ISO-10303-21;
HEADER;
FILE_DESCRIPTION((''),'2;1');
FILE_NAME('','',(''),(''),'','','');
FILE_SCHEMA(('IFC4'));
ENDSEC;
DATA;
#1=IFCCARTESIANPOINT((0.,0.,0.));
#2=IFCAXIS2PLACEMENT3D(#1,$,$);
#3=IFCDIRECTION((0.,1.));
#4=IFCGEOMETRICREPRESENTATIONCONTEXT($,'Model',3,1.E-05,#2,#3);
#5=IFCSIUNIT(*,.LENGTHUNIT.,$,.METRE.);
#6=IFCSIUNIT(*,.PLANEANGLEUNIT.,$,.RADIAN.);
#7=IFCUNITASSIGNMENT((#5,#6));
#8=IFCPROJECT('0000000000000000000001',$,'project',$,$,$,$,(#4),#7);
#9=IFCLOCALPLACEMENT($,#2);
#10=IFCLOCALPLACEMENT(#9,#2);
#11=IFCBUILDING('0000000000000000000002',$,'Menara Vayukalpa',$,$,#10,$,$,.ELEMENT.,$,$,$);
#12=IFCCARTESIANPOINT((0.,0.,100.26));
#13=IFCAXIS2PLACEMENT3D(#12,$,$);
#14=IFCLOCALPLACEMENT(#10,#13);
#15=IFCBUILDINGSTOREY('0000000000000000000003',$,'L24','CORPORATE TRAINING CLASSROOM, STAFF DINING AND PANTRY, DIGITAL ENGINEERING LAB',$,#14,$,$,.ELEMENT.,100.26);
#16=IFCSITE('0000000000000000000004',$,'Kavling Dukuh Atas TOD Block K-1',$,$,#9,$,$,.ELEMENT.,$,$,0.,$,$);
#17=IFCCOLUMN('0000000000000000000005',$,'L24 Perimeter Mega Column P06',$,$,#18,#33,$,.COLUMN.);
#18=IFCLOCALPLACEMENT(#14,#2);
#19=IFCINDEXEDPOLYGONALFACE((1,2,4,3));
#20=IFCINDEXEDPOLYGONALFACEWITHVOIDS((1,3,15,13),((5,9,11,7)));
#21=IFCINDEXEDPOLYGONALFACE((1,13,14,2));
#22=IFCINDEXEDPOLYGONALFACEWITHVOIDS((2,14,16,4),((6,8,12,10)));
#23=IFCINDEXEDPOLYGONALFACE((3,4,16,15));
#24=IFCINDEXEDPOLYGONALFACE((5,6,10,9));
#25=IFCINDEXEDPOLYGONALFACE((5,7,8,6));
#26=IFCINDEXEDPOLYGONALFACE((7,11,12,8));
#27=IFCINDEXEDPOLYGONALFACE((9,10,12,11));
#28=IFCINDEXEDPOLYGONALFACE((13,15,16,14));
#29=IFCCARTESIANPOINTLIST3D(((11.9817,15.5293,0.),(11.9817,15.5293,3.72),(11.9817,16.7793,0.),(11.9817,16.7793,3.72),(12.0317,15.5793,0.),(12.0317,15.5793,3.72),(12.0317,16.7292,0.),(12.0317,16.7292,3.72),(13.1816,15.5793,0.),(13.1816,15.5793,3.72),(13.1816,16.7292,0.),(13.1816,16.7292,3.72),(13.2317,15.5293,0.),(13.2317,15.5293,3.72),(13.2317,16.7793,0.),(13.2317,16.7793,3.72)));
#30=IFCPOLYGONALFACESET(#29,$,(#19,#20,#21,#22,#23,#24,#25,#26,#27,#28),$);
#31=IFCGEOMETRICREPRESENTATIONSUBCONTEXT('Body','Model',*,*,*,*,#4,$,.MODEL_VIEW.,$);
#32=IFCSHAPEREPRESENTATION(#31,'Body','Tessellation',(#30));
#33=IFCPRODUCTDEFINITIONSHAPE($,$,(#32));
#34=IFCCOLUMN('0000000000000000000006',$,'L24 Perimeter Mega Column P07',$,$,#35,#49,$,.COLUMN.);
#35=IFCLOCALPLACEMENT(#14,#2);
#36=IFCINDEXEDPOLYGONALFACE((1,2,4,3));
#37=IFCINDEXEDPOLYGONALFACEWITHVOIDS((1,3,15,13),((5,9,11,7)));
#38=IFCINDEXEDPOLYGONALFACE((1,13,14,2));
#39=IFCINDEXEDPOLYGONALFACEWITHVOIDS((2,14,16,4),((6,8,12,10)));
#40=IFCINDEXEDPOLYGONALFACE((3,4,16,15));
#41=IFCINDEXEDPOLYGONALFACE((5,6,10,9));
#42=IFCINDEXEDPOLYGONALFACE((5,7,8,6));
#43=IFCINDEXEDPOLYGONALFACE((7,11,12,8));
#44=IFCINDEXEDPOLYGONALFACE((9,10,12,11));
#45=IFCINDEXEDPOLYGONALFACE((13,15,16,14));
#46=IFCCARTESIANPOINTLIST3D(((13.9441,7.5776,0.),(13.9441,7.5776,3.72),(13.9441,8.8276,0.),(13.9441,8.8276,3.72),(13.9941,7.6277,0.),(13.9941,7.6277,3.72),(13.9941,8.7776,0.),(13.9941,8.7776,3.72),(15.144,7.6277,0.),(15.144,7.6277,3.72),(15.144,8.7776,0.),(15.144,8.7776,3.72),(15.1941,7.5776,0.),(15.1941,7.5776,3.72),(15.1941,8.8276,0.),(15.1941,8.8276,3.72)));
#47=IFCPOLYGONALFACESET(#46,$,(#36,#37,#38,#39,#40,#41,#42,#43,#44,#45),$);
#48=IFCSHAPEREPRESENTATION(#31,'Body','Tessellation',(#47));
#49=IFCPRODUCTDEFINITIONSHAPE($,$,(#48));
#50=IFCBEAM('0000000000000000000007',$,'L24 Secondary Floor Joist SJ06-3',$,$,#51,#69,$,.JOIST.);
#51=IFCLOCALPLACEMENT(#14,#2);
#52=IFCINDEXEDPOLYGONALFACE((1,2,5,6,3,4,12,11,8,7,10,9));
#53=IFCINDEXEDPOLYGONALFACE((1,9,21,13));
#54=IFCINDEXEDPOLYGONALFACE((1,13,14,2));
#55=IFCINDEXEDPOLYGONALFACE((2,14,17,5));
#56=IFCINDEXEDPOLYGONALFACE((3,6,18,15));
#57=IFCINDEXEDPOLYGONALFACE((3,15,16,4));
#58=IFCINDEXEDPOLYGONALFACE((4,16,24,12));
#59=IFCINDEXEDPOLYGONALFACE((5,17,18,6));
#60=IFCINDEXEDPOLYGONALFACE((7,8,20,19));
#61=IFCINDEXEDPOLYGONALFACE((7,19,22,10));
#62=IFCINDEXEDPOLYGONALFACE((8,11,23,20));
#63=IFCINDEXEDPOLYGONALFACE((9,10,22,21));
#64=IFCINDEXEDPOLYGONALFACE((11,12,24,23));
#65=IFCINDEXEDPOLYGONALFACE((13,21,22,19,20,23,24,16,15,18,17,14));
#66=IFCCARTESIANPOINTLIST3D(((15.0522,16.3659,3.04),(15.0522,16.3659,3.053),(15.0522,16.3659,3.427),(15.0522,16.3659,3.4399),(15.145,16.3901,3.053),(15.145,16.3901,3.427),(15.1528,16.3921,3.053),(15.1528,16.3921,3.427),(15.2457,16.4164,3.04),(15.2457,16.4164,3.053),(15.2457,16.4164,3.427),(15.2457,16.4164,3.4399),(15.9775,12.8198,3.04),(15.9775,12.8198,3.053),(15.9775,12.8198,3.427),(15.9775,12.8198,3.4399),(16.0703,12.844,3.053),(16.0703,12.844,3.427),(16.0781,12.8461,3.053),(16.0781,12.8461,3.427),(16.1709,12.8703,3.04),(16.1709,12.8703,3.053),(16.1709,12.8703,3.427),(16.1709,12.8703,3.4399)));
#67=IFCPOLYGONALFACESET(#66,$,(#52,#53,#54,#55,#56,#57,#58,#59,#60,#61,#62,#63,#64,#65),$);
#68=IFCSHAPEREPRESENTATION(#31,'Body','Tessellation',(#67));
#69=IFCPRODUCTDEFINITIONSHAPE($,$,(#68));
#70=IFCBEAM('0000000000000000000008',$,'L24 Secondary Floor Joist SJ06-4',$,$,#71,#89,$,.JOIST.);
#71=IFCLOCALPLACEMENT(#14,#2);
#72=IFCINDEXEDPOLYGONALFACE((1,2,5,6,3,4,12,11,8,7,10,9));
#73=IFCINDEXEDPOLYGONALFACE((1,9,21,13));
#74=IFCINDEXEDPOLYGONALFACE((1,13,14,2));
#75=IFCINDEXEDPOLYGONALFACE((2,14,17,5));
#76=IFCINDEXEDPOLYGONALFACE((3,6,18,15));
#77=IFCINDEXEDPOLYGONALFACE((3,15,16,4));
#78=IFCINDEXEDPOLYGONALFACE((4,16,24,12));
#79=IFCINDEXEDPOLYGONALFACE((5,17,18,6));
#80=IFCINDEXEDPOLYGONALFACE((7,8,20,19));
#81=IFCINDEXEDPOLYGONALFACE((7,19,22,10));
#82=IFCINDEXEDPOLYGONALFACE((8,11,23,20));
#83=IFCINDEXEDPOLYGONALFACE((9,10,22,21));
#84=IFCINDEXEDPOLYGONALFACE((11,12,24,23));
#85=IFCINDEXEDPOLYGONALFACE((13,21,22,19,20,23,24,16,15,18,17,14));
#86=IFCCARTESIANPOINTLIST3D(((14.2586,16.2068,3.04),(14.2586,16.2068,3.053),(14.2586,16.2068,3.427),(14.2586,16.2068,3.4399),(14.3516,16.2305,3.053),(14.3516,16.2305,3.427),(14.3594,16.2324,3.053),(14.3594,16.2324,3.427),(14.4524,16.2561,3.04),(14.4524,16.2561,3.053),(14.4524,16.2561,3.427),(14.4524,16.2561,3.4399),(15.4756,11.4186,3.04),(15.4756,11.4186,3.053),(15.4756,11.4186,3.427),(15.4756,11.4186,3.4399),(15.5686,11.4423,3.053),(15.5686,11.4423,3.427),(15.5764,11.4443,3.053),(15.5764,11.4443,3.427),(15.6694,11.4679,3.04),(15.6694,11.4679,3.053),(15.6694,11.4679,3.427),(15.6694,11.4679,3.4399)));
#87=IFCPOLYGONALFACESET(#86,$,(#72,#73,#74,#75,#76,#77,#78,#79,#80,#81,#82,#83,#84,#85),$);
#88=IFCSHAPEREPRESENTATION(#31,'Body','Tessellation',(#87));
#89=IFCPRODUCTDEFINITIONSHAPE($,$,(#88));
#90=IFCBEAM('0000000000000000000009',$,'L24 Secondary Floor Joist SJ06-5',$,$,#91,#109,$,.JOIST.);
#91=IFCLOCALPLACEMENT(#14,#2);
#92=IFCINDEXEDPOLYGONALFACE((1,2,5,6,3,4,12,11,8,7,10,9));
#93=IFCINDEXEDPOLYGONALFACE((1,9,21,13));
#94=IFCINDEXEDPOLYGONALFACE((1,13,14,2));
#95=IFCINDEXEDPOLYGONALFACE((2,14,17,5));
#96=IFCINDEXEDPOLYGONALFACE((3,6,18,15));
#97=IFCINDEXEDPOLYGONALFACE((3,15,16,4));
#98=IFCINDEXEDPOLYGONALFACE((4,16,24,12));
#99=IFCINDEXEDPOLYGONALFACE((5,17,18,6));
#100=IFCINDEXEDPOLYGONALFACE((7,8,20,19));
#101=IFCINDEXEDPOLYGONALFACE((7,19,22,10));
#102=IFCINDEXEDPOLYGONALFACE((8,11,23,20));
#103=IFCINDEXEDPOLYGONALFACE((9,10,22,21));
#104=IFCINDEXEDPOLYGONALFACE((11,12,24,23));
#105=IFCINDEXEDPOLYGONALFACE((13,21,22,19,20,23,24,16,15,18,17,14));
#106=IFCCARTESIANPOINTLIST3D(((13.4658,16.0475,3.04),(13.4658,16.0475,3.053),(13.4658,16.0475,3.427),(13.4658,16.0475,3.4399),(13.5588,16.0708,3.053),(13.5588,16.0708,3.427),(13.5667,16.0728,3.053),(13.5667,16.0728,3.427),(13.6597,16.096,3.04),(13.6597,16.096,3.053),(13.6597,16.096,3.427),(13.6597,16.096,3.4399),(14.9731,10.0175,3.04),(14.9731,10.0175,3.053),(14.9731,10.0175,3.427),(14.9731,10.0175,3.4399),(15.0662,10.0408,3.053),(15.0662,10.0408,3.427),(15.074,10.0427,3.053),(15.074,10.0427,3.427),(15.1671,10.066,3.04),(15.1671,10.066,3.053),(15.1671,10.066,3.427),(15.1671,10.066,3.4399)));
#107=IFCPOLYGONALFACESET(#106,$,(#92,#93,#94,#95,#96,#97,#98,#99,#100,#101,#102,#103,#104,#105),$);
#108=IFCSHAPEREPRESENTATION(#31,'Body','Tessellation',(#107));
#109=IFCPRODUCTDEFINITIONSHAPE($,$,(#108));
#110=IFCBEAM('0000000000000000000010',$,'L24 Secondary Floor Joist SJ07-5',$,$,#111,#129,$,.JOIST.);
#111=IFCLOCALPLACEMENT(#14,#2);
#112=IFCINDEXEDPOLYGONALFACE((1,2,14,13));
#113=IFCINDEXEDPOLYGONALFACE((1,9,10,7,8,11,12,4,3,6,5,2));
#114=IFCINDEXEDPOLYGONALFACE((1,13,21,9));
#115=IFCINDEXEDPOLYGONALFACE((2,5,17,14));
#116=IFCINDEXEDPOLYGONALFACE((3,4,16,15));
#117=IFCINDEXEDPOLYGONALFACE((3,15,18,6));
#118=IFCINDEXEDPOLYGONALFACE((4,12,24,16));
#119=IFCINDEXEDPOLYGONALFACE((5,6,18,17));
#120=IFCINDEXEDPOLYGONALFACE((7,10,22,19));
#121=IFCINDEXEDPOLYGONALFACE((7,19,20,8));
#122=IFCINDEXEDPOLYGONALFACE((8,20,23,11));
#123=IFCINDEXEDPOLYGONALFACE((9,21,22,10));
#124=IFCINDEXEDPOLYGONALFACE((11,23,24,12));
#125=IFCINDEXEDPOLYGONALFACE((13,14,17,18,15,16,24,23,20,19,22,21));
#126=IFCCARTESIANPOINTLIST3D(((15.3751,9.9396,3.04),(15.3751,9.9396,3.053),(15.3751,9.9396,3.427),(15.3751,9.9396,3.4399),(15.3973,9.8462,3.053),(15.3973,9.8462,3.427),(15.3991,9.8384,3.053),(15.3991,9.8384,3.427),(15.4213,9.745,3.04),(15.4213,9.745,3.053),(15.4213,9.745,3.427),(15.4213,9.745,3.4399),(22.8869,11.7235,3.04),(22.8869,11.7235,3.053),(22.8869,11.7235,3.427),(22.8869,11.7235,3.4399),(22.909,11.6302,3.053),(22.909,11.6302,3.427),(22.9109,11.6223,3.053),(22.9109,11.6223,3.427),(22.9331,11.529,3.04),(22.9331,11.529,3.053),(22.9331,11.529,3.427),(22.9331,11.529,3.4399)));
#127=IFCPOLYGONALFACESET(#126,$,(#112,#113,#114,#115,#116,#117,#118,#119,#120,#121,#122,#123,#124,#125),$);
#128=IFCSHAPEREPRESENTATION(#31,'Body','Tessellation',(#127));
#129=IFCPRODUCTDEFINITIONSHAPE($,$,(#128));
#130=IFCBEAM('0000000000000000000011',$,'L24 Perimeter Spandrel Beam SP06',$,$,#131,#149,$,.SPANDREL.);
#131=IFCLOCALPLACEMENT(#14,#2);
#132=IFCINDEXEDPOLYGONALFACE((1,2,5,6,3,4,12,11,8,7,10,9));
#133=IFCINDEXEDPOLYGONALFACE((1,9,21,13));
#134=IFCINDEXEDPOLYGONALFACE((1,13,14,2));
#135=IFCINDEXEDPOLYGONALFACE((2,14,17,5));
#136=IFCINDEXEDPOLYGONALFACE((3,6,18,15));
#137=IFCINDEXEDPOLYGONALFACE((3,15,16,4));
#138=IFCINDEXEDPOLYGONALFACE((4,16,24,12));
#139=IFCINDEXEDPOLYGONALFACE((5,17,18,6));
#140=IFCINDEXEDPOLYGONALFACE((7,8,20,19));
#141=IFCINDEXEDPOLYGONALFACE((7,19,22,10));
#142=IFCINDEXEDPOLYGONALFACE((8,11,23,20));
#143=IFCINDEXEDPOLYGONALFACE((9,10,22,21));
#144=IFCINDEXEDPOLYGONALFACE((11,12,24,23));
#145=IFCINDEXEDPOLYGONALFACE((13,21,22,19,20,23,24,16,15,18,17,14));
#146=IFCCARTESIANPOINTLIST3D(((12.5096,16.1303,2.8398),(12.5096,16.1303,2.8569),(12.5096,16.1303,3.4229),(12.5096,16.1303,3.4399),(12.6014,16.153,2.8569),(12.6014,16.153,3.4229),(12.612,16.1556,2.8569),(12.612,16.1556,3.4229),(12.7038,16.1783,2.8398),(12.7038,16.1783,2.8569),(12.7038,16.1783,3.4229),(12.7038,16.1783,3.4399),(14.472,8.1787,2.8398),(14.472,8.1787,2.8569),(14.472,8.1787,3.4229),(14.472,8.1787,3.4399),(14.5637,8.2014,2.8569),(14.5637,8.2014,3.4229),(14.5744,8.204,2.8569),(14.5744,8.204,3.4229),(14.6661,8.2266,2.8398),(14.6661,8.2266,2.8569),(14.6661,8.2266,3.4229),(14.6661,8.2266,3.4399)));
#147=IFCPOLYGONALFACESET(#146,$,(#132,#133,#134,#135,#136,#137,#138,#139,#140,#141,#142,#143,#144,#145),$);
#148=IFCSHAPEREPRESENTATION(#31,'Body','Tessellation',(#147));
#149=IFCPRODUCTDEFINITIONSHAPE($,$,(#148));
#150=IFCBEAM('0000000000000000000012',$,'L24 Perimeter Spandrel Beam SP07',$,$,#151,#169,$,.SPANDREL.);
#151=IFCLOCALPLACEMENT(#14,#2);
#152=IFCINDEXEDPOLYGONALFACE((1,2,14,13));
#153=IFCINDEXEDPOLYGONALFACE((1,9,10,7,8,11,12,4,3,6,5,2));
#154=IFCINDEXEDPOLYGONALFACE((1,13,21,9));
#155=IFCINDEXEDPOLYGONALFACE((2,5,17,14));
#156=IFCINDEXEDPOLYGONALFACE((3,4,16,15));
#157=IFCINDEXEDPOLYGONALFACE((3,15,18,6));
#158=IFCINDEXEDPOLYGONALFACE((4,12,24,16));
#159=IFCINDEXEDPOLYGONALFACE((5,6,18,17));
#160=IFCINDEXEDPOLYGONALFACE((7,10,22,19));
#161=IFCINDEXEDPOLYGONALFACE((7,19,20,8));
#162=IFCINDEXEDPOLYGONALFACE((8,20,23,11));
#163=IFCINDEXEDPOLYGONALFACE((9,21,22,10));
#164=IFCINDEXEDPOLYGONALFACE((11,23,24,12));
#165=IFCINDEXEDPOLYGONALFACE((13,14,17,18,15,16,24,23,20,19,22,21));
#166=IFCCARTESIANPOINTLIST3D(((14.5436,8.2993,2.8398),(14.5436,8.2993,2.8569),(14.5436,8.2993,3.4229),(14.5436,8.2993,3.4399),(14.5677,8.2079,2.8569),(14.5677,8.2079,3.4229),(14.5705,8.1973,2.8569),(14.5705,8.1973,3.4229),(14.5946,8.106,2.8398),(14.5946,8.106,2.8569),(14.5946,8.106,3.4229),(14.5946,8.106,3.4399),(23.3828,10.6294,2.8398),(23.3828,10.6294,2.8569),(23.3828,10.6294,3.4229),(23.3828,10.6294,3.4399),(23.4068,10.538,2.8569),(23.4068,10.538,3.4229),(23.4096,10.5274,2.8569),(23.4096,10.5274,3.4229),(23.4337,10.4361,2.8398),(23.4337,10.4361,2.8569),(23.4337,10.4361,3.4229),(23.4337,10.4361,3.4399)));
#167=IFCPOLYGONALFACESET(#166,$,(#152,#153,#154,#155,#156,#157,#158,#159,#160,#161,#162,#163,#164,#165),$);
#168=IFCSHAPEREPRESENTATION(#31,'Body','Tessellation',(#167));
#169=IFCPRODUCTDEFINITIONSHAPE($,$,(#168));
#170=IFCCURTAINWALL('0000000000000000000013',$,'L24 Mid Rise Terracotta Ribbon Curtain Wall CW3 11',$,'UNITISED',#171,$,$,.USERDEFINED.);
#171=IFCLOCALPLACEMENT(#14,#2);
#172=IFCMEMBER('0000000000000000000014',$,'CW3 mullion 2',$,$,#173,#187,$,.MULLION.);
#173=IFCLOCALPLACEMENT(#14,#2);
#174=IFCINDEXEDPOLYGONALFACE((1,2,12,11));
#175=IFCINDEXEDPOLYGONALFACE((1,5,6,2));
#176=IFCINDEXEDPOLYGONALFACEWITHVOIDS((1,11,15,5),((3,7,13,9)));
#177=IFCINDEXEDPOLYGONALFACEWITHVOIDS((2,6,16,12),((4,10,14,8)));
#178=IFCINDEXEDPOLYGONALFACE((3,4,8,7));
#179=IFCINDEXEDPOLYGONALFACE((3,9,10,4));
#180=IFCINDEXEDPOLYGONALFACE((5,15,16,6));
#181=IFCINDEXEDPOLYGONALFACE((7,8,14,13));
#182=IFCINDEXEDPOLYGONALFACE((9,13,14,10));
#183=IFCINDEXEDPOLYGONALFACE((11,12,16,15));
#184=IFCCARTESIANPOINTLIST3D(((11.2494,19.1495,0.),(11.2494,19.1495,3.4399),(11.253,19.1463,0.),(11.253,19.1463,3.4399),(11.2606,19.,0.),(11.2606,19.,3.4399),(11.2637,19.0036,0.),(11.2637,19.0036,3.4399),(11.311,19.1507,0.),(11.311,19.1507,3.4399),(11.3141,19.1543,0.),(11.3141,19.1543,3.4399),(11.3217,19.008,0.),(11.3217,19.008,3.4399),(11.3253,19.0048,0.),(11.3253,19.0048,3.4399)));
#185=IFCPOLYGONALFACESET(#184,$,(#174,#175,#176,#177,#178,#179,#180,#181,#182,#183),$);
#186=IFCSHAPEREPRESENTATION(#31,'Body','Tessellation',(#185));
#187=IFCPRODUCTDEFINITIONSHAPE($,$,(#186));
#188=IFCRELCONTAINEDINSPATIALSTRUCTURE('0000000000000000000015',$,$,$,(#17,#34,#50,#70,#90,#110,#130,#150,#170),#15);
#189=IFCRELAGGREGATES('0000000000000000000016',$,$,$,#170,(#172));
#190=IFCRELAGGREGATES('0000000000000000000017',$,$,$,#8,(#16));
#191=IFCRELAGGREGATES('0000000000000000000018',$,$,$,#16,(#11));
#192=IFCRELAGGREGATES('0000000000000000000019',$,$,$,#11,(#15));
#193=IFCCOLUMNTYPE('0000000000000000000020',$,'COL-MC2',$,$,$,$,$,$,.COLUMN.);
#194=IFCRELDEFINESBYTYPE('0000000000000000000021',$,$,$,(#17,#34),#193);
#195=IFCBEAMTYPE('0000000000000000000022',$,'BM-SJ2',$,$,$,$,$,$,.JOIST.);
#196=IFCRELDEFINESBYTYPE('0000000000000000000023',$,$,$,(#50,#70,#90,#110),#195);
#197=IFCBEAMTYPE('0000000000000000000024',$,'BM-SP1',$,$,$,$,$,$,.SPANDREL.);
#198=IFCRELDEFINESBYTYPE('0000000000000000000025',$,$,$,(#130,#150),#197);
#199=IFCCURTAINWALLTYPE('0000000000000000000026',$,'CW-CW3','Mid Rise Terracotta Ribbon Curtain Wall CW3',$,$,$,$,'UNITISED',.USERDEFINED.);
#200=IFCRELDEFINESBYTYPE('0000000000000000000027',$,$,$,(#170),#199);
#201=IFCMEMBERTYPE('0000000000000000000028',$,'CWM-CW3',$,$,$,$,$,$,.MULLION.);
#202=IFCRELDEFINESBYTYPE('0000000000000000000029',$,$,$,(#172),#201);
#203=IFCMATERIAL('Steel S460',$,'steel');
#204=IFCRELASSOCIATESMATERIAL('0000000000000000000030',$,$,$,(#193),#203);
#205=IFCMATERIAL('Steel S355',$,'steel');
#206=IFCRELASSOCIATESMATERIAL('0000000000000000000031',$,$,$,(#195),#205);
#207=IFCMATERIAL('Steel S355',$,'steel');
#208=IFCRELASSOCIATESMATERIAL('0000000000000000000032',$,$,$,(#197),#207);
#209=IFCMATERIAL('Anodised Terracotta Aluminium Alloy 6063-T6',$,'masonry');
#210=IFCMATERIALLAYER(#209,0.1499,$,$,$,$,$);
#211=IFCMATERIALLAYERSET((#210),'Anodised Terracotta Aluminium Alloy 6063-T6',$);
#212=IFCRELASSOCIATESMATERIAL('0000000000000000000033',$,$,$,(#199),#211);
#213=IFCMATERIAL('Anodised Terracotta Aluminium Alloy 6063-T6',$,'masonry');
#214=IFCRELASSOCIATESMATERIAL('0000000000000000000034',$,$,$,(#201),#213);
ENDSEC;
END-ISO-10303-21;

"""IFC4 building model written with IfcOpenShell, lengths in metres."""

from ifc_helpers import new_model, si_unit, direction, frame, origin, origin_2d, place, context, subcontext, project, spatial, hollow_rectangle, i_section, extrude, material, layer, layer_set, material_profile, profile_set, type_object, element, aggregate, save


model = new_model("IFC4")

# Units and contexts
model_context = context("Model", 3, precision=1e-05, world=origin(), true_north=direction((0.0, 1.0)))
body_context = subcontext(model_context, "Body", "Model", "MODEL_VIEW")
ifc_project = project(units=[si_unit("LENGTHUNIT", "METRE"), si_unit("PLANEANGLEUNIT", "RADIAN")], contexts=[model_context])

# Site, building, storey
site_placement = place(None, origin())
site = spatial("IfcSite", under=ifc_project, at=site_placement, Name="Kavling Dukuh Atas TOD Block K-1", CompositionType="ELEMENT", RefElevation=0.0)
building_placement = place(site_placement, origin())
building = spatial("IfcBuilding", under=site, at=building_placement, Name="Menara Vayukalpa", CompositionType="ELEMENT")
storey_placement = place(building_placement, frame((0.0, 0.0, 100.26)))
storey = spatial("IfcBuildingStorey", under=building, at=storey_placement, Name="L24", Description="CORPORATE TRAINING CLASSROOM, STAFF DINING AND PANTRY, DIGITAL ENGINEERING LAB", CompositionType="ELEMENT", Elevation=100.26)

# Columns
ifc_material_1 = material(Name="Steel S460", Category="steel")
ifc_material_profile_1 = material_profile(ifc_material_1, hollow_rectangle(XDim=1.25, YDim=1.25, WallThickness=0.05, at=origin_2d()), Name="BOX 1250x1250x50")
ifc_profile_set_1 = profile_set([ifc_material_profile_1], Name="Steel S460")
column_type = type_object("IfcColumnType", Name="COL-MC2", PredefinedType="COLUMN", material=ifc_profile_set_1)
for number, where, z_axis, x_axis, name in (
    (1, (12.6067, 16.1543, 0.0), (0.0, 0.0, 1.0), (1.0, 0.0, 0.0), "L24 Perimeter Mega Column P06"),
    (2, (14.5691, 8.2026, 0.0), (0.0, 0.0, 1.0), (1.0, 0.0, 0.0), "L24 Perimeter Mega Column P07"),
):
    element("IfcColumn", number, at=place(storey_placement, frame(where, z_axis=z_axis, x_axis=x_axis)), inside=storey, type_object=column_type, Name=name, PredefinedType="COLUMN", context=body_context, shape_type="SweptSolid", body=[
        extrude(hollow_rectangle(XDim=1.25, YDim=1.25, WallThickness=0.05, at=origin_2d()), origin(), (0.0, 0.0, 1.0), 3.72),
    ])

# Beams
ifc_material_2 = material(Name="Steel S355", Category="steel")
ifc_material_profile_2 = material_profile(ifc_material_2, i_section(OverallWidth=0.2, OverallDepth=0.3999, WebThickness=0.0081, FlangeThickness=0.0129, at=origin_2d()), Name="WF 400x200x8x13")
ifc_profile_set_2 = profile_set([ifc_material_profile_2], Name="Steel S355")
beam_type_1 = type_object("IfcBeamType", Name="BM-SJ2", PredefinedType="JOIST", material=ifc_profile_set_2)
beam_1_placement = place(storey_placement, frame((15.1489, 16.3911, 3.24), z_axis=(0.252476, -0.967603, 0.0), x_axis=(0.967603, 0.252476, 0.0)))
element("IfcBeam", 3, at=beam_1_placement, inside=storey, type_object=beam_type_1, Name="L24 Secondary Floor Joist SJ06-3", PredefinedType="JOIST", context=body_context, shape_type="SweptSolid", body=[
    extrude(i_section(OverallWidth=0.2, OverallDepth=0.3999, WebThickness=0.0081, FlangeThickness=0.0129, at=origin_2d()), origin(), (0.0, 0.0, 1.0), 3.6648),
])
beam_2_placement = place(storey_placement, frame((14.3555, 16.2314, 3.24), z_axis=(0.246348, -0.969182, 0.0), x_axis=(0.969182, 0.246348, 0.0)))
element("IfcBeam", 4, at=beam_2_placement, inside=storey, type_object=beam_type_1, Name="L24 Secondary Floor Joist SJ06-4", PredefinedType="JOIST", context=body_context, shape_type="SweptSolid", body=[
    extrude(i_section(OverallWidth=0.2, OverallDepth=0.3999, WebThickness=0.0081, FlangeThickness=0.0129, at=origin_2d()), origin(), (0.0, 0.0, 1.0), 4.9404),
])
beam_3_placement = place(storey_placement, frame((13.5627, 16.0718, 3.24), z_axis=(0.242508, -0.970149, 0.0), x_axis=(0.970149, 0.242508, 0.0)))
element("IfcBeam", 5, at=beam_3_placement, inside=storey, type_object=beam_type_1, Name="L24 Secondary Floor Joist SJ06-5", PredefinedType="JOIST", context=body_context, shape_type="SweptSolid", body=[
    extrude(i_section(OverallWidth=0.2, OverallDepth=0.3999, WebThickness=0.0081, FlangeThickness=0.0129, at=origin_2d()), origin(), (0.0, 0.0, 1.0), 6.2156),
])
beam_4_placement = place(storey_placement, frame((15.3982, 9.8423, 3.24), z_axis=(0.972939, 0.23106, 0.0), x_axis=(-0.23106, 0.972939, 0.0)))
element("IfcBeam", 6, at=beam_4_placement, inside=storey, type_object=beam_type_1, Name="L24 Secondary Floor Joist SJ07-5", PredefinedType="JOIST", context=body_context, shape_type="SweptSolid", body=[
    extrude(i_section(OverallWidth=0.2, OverallDepth=0.3999, WebThickness=0.0081, FlangeThickness=0.0129, at=origin_2d()), origin(), (0.0, 0.0, 1.0), 7.7207),
])
ifc_material_3 = material(Name="Steel S355", Category="steel")
ifc_material_profile_3 = material_profile(ifc_material_3, i_section(OverallWidth=0.2, OverallDepth=0.6001, WebThickness=0.011, FlangeThickness=0.0171, at=origin_2d()), Name="WF 600x200x11x17")
ifc_profile_set_3 = profile_set([ifc_material_profile_3], Name="Steel S355")
beam_type_2 = type_object("IfcBeamType", Name="BM-SP1", PredefinedType="SPANDREL", material=ifc_profile_set_3)
beam_5_placement = place(storey_placement, frame((12.6067, 16.1543, 3.1399), z_axis=(0.239603, -0.970871, 0.0), x_axis=(0.970871, 0.239603, 0.0)))
element("IfcBeam", 7, at=beam_5_placement, inside=storey, type_object=beam_type_2, Name="L24 Perimeter Spandrel Beam SP06", PredefinedType="SPANDREL", context=body_context, shape_type="SweptSolid", body=[
    extrude(i_section(OverallWidth=0.2, OverallDepth=0.6001, WebThickness=0.011, FlangeThickness=0.0171, at=origin_2d()), origin(), (0.0, 0.0, 1.0), 8.1902),
])
beam_6_placement = place(storey_placement, frame((14.5691, 8.2026, 3.1399), z_axis=(0.966967, 0.254902, 0.0), x_axis=(-0.254902, 0.966967, 0.0)))
element("IfcBeam", 8, at=beam_6_placement, inside=storey, type_object=beam_type_2, Name="L24 Perimeter Spandrel Beam SP07", PredefinedType="SPANDREL", context=body_context, shape_type="SweptSolid", body=[
    extrude(i_section(OverallWidth=0.2, OverallDepth=0.6001, WebThickness=0.011, FlangeThickness=0.0171, at=origin_2d()), origin(), (0.0, 0.0, 1.0), 9.1411),
])

# Curtain wall, member
ifc_material_4 = material(Name="Anodised Terracotta Aluminium Alloy 6063-T6", Category="masonry")
ifc_layer_1 = layer(ifc_material_4, 0.1499)
ifc_layer_set_1 = layer_set([ifc_layer_1], Name="Anodised Terracotta Aluminium Alloy 6063-T6")
curtain_wall_type = type_object("IfcCurtainWallType", Name="CW-CW3", Description="Mid Rise Terracotta Ribbon Curtain Wall CW3", ElementType="UNITISED", PredefinedType="USERDEFINED", material=ifc_layer_set_1)
curtain_wall_placement = place(storey_placement, origin())
curtain_wall = element("IfcCurtainWall", 9, at=curtain_wall_placement, inside=storey, type_object=curtain_wall_type, Name="L24 Mid Rise Terracotta Ribbon Curtain Wall CW3 11", ObjectType="UNITISED", PredefinedType="USERDEFINED")
ifc_material_5 = material(Name="Anodised Terracotta Aluminium Alloy 6063-T6", Category="masonry")
ifc_material_profile_4 = material_profile(ifc_material_5, hollow_rectangle(XDim=0.0649, YDim=0.1499, WallThickness=0.0034, at=origin_2d()), Name="ALU 65x150x3.5")
ifc_profile_set_4 = profile_set([ifc_material_profile_4], Name="Anodised Terracotta Aluminium Alloy 6063-T6")
member_type_1 = type_object("IfcMemberType", Name="CWM-CW3", PredefinedType="MULLION", material=ifc_profile_set_4)
member_1_placement = place(storey_placement, frame((11.2874, 19.0771, 0.0), z_axis=(0.0, 0.0, 1.0), x_axis=(0.9972, 0.074785, 0.0)))
member_1 = element("IfcMember", 10, at=member_1_placement, type_object=member_type_1, Name="CW3 mullion 2", PredefinedType="MULLION", context=body_context, shape_type="SweptSolid", body=[
    extrude(hollow_rectangle(XDim=0.0649, YDim=0.1499, WallThickness=0.0034, at=origin_2d()), origin(), (0.0, 0.0, 1.0), 3.4399),
])
aggregate(curtain_wall, [member_1])

save(model, "model.ifc")
